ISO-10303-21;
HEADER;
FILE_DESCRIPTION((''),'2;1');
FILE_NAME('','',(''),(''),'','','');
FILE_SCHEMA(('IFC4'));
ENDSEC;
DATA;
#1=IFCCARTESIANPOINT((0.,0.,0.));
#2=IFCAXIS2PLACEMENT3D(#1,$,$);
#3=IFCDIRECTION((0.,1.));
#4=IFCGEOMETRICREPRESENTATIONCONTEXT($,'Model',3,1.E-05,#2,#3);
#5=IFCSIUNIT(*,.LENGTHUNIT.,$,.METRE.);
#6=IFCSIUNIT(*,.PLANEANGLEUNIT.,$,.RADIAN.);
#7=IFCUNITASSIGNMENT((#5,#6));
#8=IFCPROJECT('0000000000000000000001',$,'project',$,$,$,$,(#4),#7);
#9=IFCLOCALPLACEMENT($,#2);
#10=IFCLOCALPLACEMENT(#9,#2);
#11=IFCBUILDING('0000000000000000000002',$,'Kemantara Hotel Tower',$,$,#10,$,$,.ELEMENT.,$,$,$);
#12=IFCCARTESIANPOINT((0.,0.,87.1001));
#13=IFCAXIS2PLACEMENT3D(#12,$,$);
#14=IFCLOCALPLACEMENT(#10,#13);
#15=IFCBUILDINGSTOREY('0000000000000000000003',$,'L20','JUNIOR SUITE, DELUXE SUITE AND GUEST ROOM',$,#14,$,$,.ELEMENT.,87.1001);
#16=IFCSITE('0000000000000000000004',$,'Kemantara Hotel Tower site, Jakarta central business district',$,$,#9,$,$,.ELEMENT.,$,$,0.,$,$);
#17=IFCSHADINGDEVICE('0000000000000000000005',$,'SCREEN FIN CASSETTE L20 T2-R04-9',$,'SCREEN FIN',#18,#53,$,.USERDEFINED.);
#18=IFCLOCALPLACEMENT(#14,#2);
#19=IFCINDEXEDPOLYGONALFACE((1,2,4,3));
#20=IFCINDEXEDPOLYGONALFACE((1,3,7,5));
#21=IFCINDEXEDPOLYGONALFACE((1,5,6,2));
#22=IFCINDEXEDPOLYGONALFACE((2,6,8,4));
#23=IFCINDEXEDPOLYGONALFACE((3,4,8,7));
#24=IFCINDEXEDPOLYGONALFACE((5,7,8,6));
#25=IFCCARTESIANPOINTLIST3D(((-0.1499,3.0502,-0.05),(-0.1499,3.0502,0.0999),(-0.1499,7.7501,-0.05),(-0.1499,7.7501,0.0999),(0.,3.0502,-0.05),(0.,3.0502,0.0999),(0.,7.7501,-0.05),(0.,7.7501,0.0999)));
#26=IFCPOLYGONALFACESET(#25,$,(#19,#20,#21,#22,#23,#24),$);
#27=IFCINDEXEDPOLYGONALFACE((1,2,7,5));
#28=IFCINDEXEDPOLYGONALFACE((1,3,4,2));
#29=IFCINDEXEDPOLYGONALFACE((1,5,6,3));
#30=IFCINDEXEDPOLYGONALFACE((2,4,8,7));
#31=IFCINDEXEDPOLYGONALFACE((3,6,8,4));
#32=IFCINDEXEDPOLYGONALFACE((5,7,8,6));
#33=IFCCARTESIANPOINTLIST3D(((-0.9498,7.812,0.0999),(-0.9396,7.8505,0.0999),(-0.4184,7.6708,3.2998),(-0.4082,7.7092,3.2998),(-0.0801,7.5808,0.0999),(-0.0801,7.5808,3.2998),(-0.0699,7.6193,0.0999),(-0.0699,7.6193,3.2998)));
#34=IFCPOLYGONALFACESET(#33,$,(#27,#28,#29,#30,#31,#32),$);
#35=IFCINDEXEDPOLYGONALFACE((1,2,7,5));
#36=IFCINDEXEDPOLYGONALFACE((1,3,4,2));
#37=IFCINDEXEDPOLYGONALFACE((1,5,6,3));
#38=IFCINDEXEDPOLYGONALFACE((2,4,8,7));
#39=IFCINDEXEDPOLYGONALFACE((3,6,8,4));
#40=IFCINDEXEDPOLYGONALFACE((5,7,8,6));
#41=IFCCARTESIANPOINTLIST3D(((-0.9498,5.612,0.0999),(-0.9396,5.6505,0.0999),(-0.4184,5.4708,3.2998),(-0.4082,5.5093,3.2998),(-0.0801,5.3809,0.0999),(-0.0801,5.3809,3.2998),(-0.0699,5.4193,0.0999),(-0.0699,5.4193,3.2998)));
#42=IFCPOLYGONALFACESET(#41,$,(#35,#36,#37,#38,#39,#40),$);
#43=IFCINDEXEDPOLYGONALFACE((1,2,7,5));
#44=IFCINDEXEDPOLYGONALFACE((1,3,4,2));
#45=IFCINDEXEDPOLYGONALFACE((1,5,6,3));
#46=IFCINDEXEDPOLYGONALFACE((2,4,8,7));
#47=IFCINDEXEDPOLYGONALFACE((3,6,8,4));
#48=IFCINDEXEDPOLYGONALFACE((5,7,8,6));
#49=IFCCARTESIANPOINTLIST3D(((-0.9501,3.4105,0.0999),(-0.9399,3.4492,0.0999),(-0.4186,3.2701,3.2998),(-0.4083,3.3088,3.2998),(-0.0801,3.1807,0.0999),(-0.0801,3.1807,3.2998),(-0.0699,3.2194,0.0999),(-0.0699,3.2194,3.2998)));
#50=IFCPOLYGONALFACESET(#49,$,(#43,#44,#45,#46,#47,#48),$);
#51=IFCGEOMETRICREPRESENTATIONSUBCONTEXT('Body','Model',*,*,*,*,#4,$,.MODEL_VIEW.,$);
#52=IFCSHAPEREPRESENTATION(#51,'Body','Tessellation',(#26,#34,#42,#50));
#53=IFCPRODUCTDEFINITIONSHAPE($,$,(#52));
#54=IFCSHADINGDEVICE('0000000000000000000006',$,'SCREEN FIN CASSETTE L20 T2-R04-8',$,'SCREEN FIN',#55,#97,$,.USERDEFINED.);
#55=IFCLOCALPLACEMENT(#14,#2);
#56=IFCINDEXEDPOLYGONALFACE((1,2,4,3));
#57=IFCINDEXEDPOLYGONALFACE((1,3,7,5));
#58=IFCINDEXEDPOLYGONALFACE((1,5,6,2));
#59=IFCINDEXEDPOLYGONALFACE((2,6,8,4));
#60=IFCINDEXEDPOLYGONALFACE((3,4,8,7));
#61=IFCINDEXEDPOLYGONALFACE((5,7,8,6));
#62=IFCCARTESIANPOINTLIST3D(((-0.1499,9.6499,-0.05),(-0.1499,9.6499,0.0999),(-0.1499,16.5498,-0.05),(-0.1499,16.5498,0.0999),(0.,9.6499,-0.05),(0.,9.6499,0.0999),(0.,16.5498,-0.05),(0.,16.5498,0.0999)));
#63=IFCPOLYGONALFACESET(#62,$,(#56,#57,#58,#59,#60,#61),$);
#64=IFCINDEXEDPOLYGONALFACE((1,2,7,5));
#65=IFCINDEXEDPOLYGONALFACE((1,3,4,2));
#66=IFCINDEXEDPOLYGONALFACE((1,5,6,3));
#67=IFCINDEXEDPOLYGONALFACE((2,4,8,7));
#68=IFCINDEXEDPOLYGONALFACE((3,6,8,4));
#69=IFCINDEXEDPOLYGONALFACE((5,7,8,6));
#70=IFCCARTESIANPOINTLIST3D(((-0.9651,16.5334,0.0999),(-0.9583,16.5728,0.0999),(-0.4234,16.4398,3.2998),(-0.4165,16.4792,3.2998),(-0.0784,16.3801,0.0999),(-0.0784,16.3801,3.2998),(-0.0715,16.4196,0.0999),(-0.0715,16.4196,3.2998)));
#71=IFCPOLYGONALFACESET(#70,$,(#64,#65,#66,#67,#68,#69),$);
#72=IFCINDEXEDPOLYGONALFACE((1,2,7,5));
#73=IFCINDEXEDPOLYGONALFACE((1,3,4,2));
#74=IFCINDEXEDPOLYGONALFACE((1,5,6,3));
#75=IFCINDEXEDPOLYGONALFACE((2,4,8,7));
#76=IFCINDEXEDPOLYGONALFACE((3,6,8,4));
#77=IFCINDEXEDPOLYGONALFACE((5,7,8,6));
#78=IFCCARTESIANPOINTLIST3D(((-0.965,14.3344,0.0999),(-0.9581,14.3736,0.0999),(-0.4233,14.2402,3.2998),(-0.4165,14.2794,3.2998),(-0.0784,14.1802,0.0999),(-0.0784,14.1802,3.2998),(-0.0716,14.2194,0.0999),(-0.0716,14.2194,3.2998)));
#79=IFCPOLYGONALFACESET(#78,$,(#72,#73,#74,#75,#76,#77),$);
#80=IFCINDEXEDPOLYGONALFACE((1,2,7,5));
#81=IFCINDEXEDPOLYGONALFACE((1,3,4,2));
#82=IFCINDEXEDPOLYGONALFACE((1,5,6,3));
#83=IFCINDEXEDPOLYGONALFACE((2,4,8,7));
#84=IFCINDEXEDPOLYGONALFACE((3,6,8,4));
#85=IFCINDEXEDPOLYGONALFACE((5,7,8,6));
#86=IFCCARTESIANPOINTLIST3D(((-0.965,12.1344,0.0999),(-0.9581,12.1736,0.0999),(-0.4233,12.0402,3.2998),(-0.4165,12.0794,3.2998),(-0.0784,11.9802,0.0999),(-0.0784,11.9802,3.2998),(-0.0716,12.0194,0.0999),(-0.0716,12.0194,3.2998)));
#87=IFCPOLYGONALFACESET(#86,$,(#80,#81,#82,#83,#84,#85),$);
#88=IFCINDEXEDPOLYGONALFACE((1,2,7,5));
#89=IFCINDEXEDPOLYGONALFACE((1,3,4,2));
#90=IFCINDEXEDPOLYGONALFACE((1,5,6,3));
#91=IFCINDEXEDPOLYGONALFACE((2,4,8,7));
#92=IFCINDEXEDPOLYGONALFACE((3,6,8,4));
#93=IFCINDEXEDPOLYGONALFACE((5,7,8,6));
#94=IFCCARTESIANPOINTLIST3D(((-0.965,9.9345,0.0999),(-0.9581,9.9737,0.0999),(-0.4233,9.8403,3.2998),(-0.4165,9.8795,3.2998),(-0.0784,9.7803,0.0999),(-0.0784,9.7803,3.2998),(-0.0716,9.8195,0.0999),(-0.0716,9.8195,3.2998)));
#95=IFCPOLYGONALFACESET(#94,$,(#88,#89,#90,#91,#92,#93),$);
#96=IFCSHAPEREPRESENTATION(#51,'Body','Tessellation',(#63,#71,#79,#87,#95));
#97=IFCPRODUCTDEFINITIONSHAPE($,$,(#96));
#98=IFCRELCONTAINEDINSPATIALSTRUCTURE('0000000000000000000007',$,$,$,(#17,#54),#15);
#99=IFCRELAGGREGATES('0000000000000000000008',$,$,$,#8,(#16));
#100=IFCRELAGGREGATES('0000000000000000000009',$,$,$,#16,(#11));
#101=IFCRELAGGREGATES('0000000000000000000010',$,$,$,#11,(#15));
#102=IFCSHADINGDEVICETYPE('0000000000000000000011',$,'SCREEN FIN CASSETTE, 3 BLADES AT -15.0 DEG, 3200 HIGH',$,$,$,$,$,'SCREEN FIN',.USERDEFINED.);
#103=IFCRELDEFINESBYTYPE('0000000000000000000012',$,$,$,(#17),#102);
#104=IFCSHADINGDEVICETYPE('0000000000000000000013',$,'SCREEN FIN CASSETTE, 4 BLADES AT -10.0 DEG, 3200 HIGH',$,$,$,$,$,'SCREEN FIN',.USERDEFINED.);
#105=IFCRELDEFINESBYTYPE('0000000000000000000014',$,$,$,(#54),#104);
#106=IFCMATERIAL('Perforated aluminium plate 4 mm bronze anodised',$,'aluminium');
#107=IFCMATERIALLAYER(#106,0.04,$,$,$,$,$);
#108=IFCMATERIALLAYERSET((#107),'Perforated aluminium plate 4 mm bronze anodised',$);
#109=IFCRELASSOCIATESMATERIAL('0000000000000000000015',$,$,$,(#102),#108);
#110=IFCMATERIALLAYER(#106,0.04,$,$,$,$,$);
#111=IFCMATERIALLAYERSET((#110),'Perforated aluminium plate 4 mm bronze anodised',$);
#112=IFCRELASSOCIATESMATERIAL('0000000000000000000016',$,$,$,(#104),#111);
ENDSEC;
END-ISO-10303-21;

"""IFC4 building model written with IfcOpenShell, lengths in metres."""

from ifc_helpers import new_model, si_unit, direction, frame, origin, origin_2d, place, context, subcontext, project, spatial, polyline, rectangle, outline, extrude, source, transform, mapped, material, layer, layer_set, type_object, element, save


model = new_model("IFC4")

# Units and contexts
model_context = context("Model", 3, precision=1e-05, world=origin(), true_north=direction((0.0, 1.0)))
body_context = subcontext(model_context, "Body", "Model", "MODEL_VIEW")
ifc_project = project(units=[si_unit("LENGTHUNIT", "METRE"), si_unit("PLANEANGLEUNIT", "RADIAN")], contexts=[model_context])

# Site, building, storey
site_placement = place(None, origin())
site = spatial("IfcSite", under=ifc_project, at=site_placement, Name="Kemantara Hotel Tower site, Jakarta central business district", CompositionType="ELEMENT", RefElevation=0.0)
building_placement = place(site_placement, origin())
building = spatial("IfcBuilding", under=site, at=building_placement, Name="Kemantara Hotel Tower", CompositionType="ELEMENT")
storey_placement = place(building_placement, frame((0.0, 0.0, 87.1001)))
storey = spatial("IfcBuildingStorey", under=building, at=storey_placement, Name="L20", Description="JUNIOR SUITE, DELUXE SUITE AND GUEST ROOM", CompositionType="ELEMENT", Elevation=87.1001)

# Shading devices
ifc_material_1 = material(Name="Perforated aluminium plate 4 mm bronze anodised", Category="aluminium")
ifc_layer_1 = layer(ifc_material_1, 0.04)
ifc_layer_set_1 = layer_set([ifc_layer_1], Name="Perforated aluminium plate 4 mm bronze anodised")
shading_device_type_1 = type_object("IfcShadingDeviceType", Name="SCREEN FIN CASSETTE, 3 BLADES AT -15.0 DEG, 3200 HIGH", ElementType="SCREEN FIN", PredefinedType="USERDEFINED", material=ifc_layer_set_1)
shared_shape_1 = source(origin(), body_context, "Body", "SweptSolid", [
    extrude(rectangle(XDim=4.7, YDim=0.1499, at=origin_2d()), frame((2.2, -0.075, -0.1499), z_axis=(0.0, 0.0, 1.0), x_axis=(1.0, 0.0, 0.0)), (0.0, 0.0, 1.0), 0.1499),
    extrude(outline(polyline([(0.0, 0.0), (0.8999, 0.0), (0.3501, 3.2), (0.0, 3.2), (0.0, 0.0)])), frame((0.0193, -0.0801, 0.0), z_axis=(-0.966438, 0.256901, 0.0), x_axis=(-0.256901, -0.966438, 0.0)), (0.0, 0.0, 1.0), 0.0398),
    extrude(outline(polyline([(0.0, 0.0), (0.8999, 0.0), (0.3501, 3.2), (0.0, 3.2), (0.0, 0.0)])), frame((2.2192, -0.0801, 0.0), z_axis=(-0.966438, 0.256901, 0.0), x_axis=(-0.256901, -0.966438, 0.0)), (0.0, 0.0, 1.0), 0.0398),
    extrude(outline(polyline([(0.0, 0.0), (0.8999, 0.0), (0.3501, 3.2), (0.0, 3.2), (0.0, 0.0)])), frame((4.4194, -0.0801, 0.0), z_axis=(-0.966838, 0.255391, 0.0), x_axis=(-0.255391, -0.966838, 0.0)), (0.0, 0.0, 1.0), 0.04),
])
shading_device_1_placement = place(storey_placement, frame((0.0, 7.6001, 0.0999), z_axis=(0.0, 0.0, 1.0), x_axis=(0.0, -1.0, 0.0)))
element("IfcShadingDevice", 1, at=shading_device_1_placement, inside=storey, type_object=shading_device_type_1, Name="SCREEN FIN CASSETTE L20 T2-R04-9", ObjectType="SCREEN FIN", PredefinedType="USERDEFINED", context=body_context, shape_type="MappedRepresentation", body=[
    mapped(shared_shape_1, transform((0.0, 0.0, 0.0))),
])
ifc_layer_2 = layer(ifc_material_1, 0.04)
ifc_layer_set_2 = layer_set([ifc_layer_2], Name="Perforated aluminium plate 4 mm bronze anodised")
shading_device_type_2 = type_object("IfcShadingDeviceType", Name="SCREEN FIN CASSETTE, 4 BLADES AT -10.0 DEG, 3200 HIGH", ElementType="SCREEN FIN", PredefinedType="USERDEFINED", material=ifc_layer_set_2)
shared_shape_2 = source(origin(), body_context, "Body", "SweptSolid", [
    extrude(rectangle(XDim=6.8999, YDim=0.1499, at=origin_2d()), frame((3.3, -0.075, -0.1499), z_axis=(0.0, 0.0, 1.0), x_axis=(1.0, 0.0, 0.0)), (0.0, 0.0, 1.0), 0.1499),
    extrude(outline(polyline([(0.0, 0.0), (0.8999, 0.0), (0.3501, 3.2), (0.0, 3.2), (0.0, 0.0)])), frame((0.0198, -0.0784, 0.0), z_axis=(-0.98539, 0.170314, 0.0), x_axis=(-0.170314, -0.98539, 0.0)), (0.0, 0.0, 1.0), 0.04),
    extrude(outline(polyline([(0.0, 0.0), (0.8999, 0.0), (0.3501, 3.2), (0.0, 3.2), (0.0, 0.0)])), frame((2.2197, -0.0784, 0.0), z_axis=(-0.985212, 0.171341, 0.0), x_axis=(-0.171341, -0.985212, 0.0)), (0.0, 0.0, 1.0), 0.0398),
    extrude(outline(polyline([(0.0, 0.0), (0.8999, 0.0), (0.3501, 3.2), (0.0, 3.2), (0.0, 0.0)])), frame((4.4197, -0.0784, 0.0), z_axis=(-0.985212, 0.171341, 0.0), x_axis=(-0.171341, -0.985212, 0.0)), (0.0, 0.0, 1.0), 0.0398),
    extrude(outline(polyline([(0.0, 0.0), (0.8999, 0.0), (0.3501, 3.2), (0.0, 3.2), (0.0, 0.0)])), frame((6.6196, -0.0784, 0.0), z_axis=(-0.985212, 0.171341, 0.0), x_axis=(-0.171341, -0.985212, 0.0)), (0.0, 0.0, 1.0), 0.0398),
])
shading_device_2_placement = place(storey_placement, frame((0.0, 16.3999, 0.0999), z_axis=(0.0, 0.0, 1.0), x_axis=(0.0, -1.0, 0.0)))
element("IfcShadingDevice", 2, at=shading_device_2_placement, inside=storey, type_object=shading_device_type_2, Name="SCREEN FIN CASSETTE L20 T2-R04-8", ObjectType="SCREEN FIN", PredefinedType="USERDEFINED", context=body_context, shape_type="MappedRepresentation", body=[
    mapped(shared_shape_2, transform((0.0, 0.0, 0.0))),
])

save(model, "model.ifc")
